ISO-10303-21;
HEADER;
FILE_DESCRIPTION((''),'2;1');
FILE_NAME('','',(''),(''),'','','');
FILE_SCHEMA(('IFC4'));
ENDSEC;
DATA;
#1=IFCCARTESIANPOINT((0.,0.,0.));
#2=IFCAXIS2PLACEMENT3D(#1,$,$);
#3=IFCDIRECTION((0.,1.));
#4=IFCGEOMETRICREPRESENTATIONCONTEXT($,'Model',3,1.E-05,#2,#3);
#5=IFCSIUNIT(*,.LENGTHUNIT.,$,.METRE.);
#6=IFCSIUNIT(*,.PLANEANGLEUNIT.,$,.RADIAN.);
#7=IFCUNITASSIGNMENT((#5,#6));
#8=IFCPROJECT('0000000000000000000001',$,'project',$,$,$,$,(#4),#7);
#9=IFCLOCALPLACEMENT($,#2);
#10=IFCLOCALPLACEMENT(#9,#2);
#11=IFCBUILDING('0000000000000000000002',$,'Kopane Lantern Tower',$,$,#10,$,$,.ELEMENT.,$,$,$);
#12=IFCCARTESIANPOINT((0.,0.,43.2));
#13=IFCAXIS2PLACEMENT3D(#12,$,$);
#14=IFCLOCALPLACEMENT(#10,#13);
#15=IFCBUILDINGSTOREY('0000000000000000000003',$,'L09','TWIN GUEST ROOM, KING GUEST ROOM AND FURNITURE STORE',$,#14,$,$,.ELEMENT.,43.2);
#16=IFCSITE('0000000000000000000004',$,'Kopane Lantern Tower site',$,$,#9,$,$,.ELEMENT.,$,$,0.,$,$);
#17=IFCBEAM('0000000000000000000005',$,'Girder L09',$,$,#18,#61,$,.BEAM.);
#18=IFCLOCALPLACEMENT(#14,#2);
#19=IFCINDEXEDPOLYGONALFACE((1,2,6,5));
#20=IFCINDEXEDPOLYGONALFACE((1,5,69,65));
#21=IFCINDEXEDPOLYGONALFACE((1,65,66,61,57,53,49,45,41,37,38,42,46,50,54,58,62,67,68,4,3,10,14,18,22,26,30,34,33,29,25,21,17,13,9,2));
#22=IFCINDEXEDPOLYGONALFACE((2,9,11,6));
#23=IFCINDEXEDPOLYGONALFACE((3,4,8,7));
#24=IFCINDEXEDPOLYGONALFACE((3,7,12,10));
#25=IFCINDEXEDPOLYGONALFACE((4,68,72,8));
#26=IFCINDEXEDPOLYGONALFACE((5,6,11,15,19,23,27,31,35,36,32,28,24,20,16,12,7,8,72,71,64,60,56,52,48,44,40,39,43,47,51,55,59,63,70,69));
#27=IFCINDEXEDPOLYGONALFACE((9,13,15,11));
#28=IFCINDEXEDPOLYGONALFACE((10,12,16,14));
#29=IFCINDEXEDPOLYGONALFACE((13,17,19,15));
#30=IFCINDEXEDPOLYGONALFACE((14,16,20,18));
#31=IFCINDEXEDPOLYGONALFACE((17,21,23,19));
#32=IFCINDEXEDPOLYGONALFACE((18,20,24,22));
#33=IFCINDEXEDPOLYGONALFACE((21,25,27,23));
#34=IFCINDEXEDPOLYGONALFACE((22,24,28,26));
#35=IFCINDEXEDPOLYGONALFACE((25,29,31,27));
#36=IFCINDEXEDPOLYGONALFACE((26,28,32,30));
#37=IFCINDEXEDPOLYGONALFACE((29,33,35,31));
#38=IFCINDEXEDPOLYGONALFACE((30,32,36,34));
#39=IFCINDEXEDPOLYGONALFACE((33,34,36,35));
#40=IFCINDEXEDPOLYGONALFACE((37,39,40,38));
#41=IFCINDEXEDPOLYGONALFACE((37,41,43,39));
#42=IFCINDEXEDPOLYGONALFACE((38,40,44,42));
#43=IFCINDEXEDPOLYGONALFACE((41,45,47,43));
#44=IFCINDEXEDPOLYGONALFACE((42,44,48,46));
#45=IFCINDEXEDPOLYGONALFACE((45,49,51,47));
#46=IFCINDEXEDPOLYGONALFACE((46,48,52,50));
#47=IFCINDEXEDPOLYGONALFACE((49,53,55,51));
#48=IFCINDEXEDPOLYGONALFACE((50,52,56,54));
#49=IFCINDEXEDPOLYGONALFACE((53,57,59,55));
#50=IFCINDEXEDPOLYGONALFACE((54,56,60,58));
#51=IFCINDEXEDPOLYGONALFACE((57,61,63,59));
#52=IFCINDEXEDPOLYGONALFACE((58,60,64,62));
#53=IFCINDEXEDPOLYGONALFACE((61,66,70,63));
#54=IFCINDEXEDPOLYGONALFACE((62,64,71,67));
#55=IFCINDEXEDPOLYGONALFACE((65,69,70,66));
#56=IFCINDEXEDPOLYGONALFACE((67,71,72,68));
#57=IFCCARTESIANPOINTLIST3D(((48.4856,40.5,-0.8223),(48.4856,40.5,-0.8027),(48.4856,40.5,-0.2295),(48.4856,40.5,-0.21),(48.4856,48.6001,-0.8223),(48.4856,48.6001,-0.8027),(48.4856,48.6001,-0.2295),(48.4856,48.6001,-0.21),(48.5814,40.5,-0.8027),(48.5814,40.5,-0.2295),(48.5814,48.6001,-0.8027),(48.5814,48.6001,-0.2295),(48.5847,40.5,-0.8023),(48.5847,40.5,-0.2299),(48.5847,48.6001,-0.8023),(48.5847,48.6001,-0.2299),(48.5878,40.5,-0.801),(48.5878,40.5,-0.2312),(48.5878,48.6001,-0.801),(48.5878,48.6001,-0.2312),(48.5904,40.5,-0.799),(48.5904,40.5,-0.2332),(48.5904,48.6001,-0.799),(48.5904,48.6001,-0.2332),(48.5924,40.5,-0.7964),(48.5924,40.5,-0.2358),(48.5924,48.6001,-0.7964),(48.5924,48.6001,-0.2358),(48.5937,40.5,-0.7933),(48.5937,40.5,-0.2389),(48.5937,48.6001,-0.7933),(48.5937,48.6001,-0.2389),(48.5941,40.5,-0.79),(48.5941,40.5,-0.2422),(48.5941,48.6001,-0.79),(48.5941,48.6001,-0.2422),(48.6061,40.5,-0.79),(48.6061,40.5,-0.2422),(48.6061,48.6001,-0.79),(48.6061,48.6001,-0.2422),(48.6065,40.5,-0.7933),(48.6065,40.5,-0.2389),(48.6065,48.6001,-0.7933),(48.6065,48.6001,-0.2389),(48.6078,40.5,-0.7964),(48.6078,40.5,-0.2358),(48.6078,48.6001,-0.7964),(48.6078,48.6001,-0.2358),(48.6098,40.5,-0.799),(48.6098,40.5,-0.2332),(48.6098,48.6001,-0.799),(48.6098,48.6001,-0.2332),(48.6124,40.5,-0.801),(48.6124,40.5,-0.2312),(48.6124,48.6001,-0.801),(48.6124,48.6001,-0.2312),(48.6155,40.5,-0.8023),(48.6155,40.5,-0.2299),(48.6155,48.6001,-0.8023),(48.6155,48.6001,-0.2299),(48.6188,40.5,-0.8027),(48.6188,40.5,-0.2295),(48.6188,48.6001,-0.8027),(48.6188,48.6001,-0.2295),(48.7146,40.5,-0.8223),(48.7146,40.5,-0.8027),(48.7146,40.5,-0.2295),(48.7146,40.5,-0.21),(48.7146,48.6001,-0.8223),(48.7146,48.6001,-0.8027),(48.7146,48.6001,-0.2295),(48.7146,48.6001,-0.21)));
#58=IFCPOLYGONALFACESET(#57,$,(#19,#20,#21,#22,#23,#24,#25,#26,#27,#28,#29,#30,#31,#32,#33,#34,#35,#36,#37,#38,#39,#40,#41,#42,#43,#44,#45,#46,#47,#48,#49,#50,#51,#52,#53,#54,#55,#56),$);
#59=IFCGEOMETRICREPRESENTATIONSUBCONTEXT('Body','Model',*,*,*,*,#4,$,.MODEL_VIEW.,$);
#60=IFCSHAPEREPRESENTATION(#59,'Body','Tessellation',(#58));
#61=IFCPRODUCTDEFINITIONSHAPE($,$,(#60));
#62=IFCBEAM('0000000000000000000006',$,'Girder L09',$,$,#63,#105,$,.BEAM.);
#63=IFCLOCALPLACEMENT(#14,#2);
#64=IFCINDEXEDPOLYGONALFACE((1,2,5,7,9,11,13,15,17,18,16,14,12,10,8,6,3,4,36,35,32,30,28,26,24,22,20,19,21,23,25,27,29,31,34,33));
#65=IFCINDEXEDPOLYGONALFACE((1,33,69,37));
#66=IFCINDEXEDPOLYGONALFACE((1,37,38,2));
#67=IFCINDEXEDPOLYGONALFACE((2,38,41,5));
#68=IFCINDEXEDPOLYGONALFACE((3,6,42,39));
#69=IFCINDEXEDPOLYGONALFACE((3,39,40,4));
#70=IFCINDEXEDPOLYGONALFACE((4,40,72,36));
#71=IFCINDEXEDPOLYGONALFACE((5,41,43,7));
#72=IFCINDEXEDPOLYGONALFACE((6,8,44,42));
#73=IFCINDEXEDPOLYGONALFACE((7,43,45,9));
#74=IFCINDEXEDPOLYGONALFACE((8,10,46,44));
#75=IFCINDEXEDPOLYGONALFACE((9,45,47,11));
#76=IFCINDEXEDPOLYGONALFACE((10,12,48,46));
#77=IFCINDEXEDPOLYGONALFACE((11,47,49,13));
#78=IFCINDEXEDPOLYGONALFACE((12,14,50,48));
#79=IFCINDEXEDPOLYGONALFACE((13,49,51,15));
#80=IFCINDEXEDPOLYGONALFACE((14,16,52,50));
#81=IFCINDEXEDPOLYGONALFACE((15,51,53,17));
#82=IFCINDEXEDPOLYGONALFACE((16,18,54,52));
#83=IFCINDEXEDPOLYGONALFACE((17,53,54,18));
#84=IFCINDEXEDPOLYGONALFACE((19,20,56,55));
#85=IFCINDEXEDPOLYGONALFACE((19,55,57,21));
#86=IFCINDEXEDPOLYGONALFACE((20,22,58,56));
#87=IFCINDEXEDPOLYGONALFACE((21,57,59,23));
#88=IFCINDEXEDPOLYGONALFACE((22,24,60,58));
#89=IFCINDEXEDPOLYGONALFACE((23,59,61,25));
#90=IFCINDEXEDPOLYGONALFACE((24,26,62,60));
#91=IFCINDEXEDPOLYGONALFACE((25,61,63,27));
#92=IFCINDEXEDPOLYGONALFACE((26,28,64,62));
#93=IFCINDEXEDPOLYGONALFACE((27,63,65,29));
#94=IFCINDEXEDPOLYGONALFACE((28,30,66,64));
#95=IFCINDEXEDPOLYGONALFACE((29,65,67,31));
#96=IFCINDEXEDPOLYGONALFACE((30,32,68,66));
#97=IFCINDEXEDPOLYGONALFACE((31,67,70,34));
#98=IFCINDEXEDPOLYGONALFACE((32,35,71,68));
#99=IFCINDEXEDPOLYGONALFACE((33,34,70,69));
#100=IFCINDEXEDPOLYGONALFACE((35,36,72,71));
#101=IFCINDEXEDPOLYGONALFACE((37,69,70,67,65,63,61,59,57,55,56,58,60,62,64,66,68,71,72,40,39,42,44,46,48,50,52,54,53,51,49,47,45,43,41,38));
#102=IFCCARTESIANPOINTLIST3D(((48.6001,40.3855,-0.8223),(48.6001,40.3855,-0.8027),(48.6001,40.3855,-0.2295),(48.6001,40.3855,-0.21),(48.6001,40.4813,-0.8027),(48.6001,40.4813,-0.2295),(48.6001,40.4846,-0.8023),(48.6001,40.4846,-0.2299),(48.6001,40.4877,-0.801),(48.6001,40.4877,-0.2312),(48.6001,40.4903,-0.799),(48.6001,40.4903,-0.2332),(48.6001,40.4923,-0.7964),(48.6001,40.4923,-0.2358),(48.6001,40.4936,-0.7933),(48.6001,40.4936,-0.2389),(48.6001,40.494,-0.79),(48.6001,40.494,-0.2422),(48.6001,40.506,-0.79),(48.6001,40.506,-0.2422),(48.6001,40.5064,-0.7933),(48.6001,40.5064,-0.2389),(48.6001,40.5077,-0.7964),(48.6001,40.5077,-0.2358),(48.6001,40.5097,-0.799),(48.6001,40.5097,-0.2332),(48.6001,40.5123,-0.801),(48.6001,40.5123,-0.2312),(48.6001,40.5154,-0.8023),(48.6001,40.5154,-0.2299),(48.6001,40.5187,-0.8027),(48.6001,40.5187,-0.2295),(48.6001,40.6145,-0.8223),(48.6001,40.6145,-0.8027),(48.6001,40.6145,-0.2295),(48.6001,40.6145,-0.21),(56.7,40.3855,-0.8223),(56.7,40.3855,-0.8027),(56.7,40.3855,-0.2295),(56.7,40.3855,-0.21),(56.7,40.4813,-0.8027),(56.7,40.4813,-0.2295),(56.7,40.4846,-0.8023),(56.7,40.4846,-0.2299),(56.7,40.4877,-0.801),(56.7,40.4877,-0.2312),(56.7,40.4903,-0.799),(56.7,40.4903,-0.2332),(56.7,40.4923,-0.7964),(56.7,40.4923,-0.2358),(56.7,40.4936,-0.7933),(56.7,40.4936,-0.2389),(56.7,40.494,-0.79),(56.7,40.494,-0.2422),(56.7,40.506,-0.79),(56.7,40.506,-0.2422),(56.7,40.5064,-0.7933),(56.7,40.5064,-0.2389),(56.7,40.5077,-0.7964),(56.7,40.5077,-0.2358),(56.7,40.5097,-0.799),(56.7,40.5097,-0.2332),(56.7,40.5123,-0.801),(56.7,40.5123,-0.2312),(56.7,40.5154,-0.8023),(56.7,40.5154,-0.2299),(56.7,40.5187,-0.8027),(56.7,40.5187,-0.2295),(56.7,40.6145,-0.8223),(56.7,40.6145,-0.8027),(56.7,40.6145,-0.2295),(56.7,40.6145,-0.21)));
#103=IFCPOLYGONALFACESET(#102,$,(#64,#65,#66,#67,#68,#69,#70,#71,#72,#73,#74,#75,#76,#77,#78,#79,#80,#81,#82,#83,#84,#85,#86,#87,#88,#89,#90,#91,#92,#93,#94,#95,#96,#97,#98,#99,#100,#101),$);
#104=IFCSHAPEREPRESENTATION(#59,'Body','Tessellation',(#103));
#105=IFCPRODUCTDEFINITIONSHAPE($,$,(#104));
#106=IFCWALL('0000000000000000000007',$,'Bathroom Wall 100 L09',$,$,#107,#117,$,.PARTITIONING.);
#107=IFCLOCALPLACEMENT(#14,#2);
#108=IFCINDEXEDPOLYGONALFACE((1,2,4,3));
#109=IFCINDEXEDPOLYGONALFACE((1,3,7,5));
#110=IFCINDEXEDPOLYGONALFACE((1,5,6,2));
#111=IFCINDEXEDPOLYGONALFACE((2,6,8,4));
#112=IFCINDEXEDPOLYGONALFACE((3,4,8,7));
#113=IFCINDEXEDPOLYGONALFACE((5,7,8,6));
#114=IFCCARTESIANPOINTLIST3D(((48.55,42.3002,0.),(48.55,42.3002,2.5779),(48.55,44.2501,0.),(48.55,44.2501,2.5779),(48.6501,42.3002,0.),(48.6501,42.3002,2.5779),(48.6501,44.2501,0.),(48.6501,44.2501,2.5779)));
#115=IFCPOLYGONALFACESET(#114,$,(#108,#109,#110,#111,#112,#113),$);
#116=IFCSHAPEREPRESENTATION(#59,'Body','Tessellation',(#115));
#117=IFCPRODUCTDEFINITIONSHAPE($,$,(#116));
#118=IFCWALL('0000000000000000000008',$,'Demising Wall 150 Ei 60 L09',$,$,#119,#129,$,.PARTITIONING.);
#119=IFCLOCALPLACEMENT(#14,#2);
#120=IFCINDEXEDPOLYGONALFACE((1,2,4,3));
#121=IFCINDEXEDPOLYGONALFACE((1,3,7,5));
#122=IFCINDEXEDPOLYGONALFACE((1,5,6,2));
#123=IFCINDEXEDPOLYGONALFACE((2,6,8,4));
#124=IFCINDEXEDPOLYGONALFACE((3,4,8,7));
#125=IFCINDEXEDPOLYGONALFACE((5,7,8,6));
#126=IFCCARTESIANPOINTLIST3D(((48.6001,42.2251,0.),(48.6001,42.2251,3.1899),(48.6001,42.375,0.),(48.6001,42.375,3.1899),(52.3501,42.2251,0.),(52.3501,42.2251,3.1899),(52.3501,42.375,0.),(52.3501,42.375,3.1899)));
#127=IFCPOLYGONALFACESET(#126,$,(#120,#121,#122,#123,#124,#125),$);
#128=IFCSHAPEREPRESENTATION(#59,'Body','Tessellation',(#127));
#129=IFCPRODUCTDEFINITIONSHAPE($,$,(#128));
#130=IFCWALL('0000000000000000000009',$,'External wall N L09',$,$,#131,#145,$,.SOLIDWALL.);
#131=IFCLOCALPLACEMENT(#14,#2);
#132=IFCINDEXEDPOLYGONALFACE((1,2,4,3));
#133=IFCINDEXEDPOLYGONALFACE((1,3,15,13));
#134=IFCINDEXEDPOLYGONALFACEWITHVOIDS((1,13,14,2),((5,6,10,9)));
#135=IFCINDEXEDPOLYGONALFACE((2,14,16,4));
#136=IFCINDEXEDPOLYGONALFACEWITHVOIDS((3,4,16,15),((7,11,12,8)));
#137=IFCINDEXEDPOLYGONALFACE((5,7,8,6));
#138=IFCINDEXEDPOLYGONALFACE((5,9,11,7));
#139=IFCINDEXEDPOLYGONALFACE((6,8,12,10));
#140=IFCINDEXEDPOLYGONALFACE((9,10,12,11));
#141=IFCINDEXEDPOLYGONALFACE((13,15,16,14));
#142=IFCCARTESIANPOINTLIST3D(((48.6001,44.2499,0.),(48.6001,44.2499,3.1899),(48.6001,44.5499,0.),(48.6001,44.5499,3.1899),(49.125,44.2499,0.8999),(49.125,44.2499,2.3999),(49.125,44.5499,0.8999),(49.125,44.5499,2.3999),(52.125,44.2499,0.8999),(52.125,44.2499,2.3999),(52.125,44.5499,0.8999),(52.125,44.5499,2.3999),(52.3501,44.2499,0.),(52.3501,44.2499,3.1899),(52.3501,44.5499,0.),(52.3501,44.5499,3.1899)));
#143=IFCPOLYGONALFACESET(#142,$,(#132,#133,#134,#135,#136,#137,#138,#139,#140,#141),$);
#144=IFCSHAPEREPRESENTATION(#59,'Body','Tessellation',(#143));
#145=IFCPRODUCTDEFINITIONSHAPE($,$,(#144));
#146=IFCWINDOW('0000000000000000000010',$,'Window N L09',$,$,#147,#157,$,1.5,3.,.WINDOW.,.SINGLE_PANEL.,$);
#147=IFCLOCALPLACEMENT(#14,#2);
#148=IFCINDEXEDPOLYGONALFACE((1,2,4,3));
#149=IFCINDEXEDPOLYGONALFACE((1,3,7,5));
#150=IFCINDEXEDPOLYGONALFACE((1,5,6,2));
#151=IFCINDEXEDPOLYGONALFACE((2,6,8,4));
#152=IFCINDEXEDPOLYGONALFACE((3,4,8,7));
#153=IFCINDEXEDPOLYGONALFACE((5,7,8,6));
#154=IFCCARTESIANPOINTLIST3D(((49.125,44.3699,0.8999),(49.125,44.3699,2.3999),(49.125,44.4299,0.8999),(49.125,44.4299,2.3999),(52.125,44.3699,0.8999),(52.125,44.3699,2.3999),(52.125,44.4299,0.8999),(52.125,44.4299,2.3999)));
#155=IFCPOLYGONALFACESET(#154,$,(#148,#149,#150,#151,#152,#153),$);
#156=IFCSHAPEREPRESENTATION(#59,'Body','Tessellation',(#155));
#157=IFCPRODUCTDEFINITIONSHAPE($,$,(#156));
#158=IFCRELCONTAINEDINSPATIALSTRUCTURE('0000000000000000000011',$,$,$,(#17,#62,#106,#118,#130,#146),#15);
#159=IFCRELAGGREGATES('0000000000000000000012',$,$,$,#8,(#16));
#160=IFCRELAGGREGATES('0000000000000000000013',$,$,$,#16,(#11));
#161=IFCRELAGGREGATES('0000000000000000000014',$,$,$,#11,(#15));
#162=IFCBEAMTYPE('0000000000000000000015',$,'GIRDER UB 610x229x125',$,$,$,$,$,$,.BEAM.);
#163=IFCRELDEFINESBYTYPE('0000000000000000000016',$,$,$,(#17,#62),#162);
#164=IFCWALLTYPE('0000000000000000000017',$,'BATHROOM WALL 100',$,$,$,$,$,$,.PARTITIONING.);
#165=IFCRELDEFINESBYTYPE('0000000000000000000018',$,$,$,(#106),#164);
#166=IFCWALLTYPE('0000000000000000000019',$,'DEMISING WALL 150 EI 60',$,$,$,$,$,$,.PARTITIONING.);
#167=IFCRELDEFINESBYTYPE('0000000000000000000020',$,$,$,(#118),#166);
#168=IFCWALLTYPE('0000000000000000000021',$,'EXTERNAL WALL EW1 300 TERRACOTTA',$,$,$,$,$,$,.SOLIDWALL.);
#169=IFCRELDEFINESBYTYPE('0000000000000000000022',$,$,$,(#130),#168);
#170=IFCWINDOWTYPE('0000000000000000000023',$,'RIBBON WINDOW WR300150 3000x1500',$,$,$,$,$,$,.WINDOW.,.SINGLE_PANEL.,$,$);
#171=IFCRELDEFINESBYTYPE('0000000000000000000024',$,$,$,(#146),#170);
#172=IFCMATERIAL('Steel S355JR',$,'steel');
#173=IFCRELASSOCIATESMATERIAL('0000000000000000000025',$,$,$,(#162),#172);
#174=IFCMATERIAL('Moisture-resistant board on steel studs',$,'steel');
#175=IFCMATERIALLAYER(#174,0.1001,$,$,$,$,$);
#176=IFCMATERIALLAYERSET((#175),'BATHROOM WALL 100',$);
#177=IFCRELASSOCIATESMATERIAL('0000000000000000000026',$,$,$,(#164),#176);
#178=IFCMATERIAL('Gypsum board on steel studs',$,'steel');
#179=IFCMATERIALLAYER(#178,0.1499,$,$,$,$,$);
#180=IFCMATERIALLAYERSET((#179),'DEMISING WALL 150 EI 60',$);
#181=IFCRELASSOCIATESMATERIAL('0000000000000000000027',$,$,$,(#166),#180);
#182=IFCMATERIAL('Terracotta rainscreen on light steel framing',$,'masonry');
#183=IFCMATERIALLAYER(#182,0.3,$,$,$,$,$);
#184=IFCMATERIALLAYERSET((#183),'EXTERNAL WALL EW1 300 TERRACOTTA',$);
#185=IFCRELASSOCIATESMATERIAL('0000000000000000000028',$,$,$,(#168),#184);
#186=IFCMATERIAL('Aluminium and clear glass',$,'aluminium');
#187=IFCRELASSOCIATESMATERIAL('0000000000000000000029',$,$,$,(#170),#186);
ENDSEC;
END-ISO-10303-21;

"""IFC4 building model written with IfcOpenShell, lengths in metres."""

from ifc_helpers import new_model, si_unit, direction, frame, frame_2d, origin, origin_2d, place, context, subcontext, project, spatial, rectangle, i_section, extrude, material, layer, layer_set, material_profile, profile_set, type_object, element, fill, save


model = new_model("IFC4")

# Units and contexts
model_context = context("Model", 3, precision=1e-05, world=origin(), true_north=direction((0.0, 1.0)))
body_context = subcontext(model_context, "Body", "Model", "MODEL_VIEW")
ifc_project = project(units=[si_unit("LENGTHUNIT", "METRE"), si_unit("PLANEANGLEUNIT", "RADIAN")], contexts=[model_context])

# Site, building, storey
site_placement = place(None, origin())
site = spatial("IfcSite", under=ifc_project, at=site_placement, Name="Kopane Lantern Tower site", CompositionType="ELEMENT", RefElevation=0.0)
building_placement = place(site_placement, origin())
building = spatial("IfcBuilding", under=site, at=building_placement, Name="Kopane Lantern Tower", CompositionType="ELEMENT")
storey_placement = place(building_placement, frame((0.0, 0.0, 43.2)))
storey = spatial("IfcBuildingStorey", under=building, at=storey_placement, Name="L09", Description="TWIN GUEST ROOM, KING GUEST ROOM AND FURNITURE STORE", CompositionType="ELEMENT", Elevation=43.2)

# Beams
ifc_material_1 = material(Name="Steel S355JR", Category="steel")
ifc_material_profile_1 = material_profile(ifc_material_1, i_section(OverallWidth=0.229, OverallDepth=0.6123, WebThickness=0.012, FlangeThickness=0.0195, FilletRadius=0.0127, at=origin_2d()), Name="UB 610x229x125")
ifc_profile_set_1 = profile_set([ifc_material_profile_1], Name="Steel S355JR")
beam_type_1 = type_object("IfcBeamType", Name="GIRDER UB 610x229x125", PredefinedType="BEAM", material=ifc_profile_set_1)
beam_1_placement = place(storey_placement, frame((48.6001, 40.5, -0.5161), z_axis=(0.0, 1.0, 0.0), x_axis=(-1.0, 0.0, 0.0)))
element("IfcBeam", 1, at=beam_1_placement, inside=storey, type_object=beam_type_1, Name="Girder L09", PredefinedType="BEAM", context=body_context, shape_type="SweptSolid", body=[
    extrude(i_section(OverallWidth=0.229, OverallDepth=0.6123, WebThickness=0.012, FlangeThickness=0.0195, FilletRadius=0.0127, at=origin_2d()), origin(), (0.0, 0.0, 1.0), 8.1001),
])
beam_2_placement = place(storey_placement, frame((48.6001, 40.5, -0.5161), z_axis=(1.0, 0.0, 0.0), x_axis=(0.0, 1.0, 0.0)))
element("IfcBeam", 2, at=beam_2_placement, inside=storey, type_object=beam_type_1, Name="Girder L09", PredefinedType="BEAM", context=body_context, shape_type="SweptSolid", body=[
    extrude(i_section(OverallWidth=0.229, OverallDepth=0.6123, WebThickness=0.012, FlangeThickness=0.0195, FilletRadius=0.0127, at=origin_2d()), origin(), (0.0, 0.0, 1.0), 8.0999),
])

# Walls
ifc_material_2 = material(Name="Moisture-resistant board on steel studs", Category="steel")
ifc_layer_1 = layer(ifc_material_2, 0.1001)
ifc_layer_set_1 = layer_set([ifc_layer_1], Name="BATHROOM WALL 100")
wall_type_1 = type_object("IfcWallType", Name="BATHROOM WALL 100", PredefinedType="PARTITIONING", material=ifc_layer_set_1)
wall_1_placement = place(storey_placement, frame((48.6001, 42.3, 0.0), z_axis=(0.0, 0.0, 1.0), x_axis=(0.0, 1.0, 0.0)))
element("IfcWall", 3, at=wall_1_placement, inside=storey, type_object=wall_type_1, Name="Bathroom Wall 100 L09", PredefinedType="PARTITIONING", context=body_context, shape_type="SweptSolid", body=[
    extrude(rectangle(XDim=1.95, YDim=0.1001, at=frame_2d((0.9751, 0.0))), origin(), (0.0, 0.0, 1.0), 2.5779),
])
ifc_material_3 = material(Name="Gypsum board on steel studs", Category="steel")
ifc_layer_2 = layer(ifc_material_3, 0.1499)
ifc_layer_set_2 = layer_set([ifc_layer_2], Name="DEMISING WALL 150 EI 60")
wall_type_2 = type_object("IfcWallType", Name="DEMISING WALL 150 EI 60", PredefinedType="PARTITIONING", material=ifc_layer_set_2)
wall_2_placement = place(storey_placement, frame((48.6001, 42.3, 0.0), z_axis=(0.0, 0.0, 1.0), x_axis=(1.0, 0.0, 0.0)))
element("IfcWall", 4, at=wall_2_placement, inside=storey, type_object=wall_type_2, Name="Demising Wall 150 Ei 60 L09", PredefinedType="PARTITIONING", context=body_context, shape_type="SweptSolid", body=[
    extrude(rectangle(XDim=3.75, YDim=0.1499, at=frame_2d((1.875, 0.0))), origin(), (0.0, 0.0, 1.0), 3.1899),
])

# Wall, opening, window
ifc_material_4 = material(Name="Terracotta rainscreen on light steel framing", Category="masonry")
ifc_layer_3 = layer(ifc_material_4, 0.3)
ifc_layer_set_3 = layer_set([ifc_layer_3], Name="EXTERNAL WALL EW1 300 TERRACOTTA")
wall_type_3 = type_object("IfcWallType", Name="EXTERNAL WALL EW1 300 TERRACOTTA", PredefinedType="SOLIDWALL", material=ifc_layer_set_3)
wall_3_placement = place(storey_placement, frame((52.3501, 44.3999, 0.0), z_axis=(0.0, 0.0, 1.0), x_axis=(-1.0, 0.0, 0.0)))
wall_3 = element("IfcWall", 5, at=wall_3_placement, inside=storey, type_object=wall_type_3, Name="External wall N L09", PredefinedType="SOLIDWALL", context=body_context, shape_type="SweptSolid", body=[
    extrude(rectangle(XDim=3.75, YDim=0.3, at=frame_2d((1.875, 0.0))), origin(), (0.0, 0.0, 1.0), 3.1899),
])
opening_placement = place(wall_3_placement, frame((0.2251, 0.0, 0.8999)))
opening = element("IfcOpeningElement", 6, at=opening_placement, cuts=wall_3, PredefinedType="OPENING", context=body_context, shape_type="SweptSolid", body=[
    extrude(rectangle(XDim=3.0, YDim=1.5, at=frame_2d((1.5, 0.75))), frame((0.0, 0.1599, 0.0), z_axis=(0.0, -1.0, 0.0), x_axis=(1.0, 0.0, 0.0)), (0.0, 0.0, 1.0), 0.3201),
])
ifc_material_5 = material(Name="Aluminium and clear glass", Category="aluminium")
window_type = type_object("IfcWindowType", Name="RIBBON WINDOW WR300150 3000x1500", PartitioningType="SINGLE_PANEL", PredefinedType="WINDOW", material=ifc_material_5)
window_placement = place(opening_placement, origin())
window = element("IfcWindow", 7, at=window_placement, inside=storey, type_object=window_type, Name="Window N L09", OverallHeight=1.5, OverallWidth=3.0, PartitioningType="SINGLE_PANEL", PredefinedType="WINDOW", context=body_context, shape_type="SweptSolid", body=[
    extrude(rectangle(XDim=3.0, YDim=1.5, at=frame_2d((1.5, 0.75))), frame((0.0, 0.03, 0.0), z_axis=(0.0, -1.0, 0.0), x_axis=(1.0, 0.0, 0.0)), (0.0, 0.0, 1.0), 0.0601),
])
fill(opening, window)

save(model, "model.ifc")
